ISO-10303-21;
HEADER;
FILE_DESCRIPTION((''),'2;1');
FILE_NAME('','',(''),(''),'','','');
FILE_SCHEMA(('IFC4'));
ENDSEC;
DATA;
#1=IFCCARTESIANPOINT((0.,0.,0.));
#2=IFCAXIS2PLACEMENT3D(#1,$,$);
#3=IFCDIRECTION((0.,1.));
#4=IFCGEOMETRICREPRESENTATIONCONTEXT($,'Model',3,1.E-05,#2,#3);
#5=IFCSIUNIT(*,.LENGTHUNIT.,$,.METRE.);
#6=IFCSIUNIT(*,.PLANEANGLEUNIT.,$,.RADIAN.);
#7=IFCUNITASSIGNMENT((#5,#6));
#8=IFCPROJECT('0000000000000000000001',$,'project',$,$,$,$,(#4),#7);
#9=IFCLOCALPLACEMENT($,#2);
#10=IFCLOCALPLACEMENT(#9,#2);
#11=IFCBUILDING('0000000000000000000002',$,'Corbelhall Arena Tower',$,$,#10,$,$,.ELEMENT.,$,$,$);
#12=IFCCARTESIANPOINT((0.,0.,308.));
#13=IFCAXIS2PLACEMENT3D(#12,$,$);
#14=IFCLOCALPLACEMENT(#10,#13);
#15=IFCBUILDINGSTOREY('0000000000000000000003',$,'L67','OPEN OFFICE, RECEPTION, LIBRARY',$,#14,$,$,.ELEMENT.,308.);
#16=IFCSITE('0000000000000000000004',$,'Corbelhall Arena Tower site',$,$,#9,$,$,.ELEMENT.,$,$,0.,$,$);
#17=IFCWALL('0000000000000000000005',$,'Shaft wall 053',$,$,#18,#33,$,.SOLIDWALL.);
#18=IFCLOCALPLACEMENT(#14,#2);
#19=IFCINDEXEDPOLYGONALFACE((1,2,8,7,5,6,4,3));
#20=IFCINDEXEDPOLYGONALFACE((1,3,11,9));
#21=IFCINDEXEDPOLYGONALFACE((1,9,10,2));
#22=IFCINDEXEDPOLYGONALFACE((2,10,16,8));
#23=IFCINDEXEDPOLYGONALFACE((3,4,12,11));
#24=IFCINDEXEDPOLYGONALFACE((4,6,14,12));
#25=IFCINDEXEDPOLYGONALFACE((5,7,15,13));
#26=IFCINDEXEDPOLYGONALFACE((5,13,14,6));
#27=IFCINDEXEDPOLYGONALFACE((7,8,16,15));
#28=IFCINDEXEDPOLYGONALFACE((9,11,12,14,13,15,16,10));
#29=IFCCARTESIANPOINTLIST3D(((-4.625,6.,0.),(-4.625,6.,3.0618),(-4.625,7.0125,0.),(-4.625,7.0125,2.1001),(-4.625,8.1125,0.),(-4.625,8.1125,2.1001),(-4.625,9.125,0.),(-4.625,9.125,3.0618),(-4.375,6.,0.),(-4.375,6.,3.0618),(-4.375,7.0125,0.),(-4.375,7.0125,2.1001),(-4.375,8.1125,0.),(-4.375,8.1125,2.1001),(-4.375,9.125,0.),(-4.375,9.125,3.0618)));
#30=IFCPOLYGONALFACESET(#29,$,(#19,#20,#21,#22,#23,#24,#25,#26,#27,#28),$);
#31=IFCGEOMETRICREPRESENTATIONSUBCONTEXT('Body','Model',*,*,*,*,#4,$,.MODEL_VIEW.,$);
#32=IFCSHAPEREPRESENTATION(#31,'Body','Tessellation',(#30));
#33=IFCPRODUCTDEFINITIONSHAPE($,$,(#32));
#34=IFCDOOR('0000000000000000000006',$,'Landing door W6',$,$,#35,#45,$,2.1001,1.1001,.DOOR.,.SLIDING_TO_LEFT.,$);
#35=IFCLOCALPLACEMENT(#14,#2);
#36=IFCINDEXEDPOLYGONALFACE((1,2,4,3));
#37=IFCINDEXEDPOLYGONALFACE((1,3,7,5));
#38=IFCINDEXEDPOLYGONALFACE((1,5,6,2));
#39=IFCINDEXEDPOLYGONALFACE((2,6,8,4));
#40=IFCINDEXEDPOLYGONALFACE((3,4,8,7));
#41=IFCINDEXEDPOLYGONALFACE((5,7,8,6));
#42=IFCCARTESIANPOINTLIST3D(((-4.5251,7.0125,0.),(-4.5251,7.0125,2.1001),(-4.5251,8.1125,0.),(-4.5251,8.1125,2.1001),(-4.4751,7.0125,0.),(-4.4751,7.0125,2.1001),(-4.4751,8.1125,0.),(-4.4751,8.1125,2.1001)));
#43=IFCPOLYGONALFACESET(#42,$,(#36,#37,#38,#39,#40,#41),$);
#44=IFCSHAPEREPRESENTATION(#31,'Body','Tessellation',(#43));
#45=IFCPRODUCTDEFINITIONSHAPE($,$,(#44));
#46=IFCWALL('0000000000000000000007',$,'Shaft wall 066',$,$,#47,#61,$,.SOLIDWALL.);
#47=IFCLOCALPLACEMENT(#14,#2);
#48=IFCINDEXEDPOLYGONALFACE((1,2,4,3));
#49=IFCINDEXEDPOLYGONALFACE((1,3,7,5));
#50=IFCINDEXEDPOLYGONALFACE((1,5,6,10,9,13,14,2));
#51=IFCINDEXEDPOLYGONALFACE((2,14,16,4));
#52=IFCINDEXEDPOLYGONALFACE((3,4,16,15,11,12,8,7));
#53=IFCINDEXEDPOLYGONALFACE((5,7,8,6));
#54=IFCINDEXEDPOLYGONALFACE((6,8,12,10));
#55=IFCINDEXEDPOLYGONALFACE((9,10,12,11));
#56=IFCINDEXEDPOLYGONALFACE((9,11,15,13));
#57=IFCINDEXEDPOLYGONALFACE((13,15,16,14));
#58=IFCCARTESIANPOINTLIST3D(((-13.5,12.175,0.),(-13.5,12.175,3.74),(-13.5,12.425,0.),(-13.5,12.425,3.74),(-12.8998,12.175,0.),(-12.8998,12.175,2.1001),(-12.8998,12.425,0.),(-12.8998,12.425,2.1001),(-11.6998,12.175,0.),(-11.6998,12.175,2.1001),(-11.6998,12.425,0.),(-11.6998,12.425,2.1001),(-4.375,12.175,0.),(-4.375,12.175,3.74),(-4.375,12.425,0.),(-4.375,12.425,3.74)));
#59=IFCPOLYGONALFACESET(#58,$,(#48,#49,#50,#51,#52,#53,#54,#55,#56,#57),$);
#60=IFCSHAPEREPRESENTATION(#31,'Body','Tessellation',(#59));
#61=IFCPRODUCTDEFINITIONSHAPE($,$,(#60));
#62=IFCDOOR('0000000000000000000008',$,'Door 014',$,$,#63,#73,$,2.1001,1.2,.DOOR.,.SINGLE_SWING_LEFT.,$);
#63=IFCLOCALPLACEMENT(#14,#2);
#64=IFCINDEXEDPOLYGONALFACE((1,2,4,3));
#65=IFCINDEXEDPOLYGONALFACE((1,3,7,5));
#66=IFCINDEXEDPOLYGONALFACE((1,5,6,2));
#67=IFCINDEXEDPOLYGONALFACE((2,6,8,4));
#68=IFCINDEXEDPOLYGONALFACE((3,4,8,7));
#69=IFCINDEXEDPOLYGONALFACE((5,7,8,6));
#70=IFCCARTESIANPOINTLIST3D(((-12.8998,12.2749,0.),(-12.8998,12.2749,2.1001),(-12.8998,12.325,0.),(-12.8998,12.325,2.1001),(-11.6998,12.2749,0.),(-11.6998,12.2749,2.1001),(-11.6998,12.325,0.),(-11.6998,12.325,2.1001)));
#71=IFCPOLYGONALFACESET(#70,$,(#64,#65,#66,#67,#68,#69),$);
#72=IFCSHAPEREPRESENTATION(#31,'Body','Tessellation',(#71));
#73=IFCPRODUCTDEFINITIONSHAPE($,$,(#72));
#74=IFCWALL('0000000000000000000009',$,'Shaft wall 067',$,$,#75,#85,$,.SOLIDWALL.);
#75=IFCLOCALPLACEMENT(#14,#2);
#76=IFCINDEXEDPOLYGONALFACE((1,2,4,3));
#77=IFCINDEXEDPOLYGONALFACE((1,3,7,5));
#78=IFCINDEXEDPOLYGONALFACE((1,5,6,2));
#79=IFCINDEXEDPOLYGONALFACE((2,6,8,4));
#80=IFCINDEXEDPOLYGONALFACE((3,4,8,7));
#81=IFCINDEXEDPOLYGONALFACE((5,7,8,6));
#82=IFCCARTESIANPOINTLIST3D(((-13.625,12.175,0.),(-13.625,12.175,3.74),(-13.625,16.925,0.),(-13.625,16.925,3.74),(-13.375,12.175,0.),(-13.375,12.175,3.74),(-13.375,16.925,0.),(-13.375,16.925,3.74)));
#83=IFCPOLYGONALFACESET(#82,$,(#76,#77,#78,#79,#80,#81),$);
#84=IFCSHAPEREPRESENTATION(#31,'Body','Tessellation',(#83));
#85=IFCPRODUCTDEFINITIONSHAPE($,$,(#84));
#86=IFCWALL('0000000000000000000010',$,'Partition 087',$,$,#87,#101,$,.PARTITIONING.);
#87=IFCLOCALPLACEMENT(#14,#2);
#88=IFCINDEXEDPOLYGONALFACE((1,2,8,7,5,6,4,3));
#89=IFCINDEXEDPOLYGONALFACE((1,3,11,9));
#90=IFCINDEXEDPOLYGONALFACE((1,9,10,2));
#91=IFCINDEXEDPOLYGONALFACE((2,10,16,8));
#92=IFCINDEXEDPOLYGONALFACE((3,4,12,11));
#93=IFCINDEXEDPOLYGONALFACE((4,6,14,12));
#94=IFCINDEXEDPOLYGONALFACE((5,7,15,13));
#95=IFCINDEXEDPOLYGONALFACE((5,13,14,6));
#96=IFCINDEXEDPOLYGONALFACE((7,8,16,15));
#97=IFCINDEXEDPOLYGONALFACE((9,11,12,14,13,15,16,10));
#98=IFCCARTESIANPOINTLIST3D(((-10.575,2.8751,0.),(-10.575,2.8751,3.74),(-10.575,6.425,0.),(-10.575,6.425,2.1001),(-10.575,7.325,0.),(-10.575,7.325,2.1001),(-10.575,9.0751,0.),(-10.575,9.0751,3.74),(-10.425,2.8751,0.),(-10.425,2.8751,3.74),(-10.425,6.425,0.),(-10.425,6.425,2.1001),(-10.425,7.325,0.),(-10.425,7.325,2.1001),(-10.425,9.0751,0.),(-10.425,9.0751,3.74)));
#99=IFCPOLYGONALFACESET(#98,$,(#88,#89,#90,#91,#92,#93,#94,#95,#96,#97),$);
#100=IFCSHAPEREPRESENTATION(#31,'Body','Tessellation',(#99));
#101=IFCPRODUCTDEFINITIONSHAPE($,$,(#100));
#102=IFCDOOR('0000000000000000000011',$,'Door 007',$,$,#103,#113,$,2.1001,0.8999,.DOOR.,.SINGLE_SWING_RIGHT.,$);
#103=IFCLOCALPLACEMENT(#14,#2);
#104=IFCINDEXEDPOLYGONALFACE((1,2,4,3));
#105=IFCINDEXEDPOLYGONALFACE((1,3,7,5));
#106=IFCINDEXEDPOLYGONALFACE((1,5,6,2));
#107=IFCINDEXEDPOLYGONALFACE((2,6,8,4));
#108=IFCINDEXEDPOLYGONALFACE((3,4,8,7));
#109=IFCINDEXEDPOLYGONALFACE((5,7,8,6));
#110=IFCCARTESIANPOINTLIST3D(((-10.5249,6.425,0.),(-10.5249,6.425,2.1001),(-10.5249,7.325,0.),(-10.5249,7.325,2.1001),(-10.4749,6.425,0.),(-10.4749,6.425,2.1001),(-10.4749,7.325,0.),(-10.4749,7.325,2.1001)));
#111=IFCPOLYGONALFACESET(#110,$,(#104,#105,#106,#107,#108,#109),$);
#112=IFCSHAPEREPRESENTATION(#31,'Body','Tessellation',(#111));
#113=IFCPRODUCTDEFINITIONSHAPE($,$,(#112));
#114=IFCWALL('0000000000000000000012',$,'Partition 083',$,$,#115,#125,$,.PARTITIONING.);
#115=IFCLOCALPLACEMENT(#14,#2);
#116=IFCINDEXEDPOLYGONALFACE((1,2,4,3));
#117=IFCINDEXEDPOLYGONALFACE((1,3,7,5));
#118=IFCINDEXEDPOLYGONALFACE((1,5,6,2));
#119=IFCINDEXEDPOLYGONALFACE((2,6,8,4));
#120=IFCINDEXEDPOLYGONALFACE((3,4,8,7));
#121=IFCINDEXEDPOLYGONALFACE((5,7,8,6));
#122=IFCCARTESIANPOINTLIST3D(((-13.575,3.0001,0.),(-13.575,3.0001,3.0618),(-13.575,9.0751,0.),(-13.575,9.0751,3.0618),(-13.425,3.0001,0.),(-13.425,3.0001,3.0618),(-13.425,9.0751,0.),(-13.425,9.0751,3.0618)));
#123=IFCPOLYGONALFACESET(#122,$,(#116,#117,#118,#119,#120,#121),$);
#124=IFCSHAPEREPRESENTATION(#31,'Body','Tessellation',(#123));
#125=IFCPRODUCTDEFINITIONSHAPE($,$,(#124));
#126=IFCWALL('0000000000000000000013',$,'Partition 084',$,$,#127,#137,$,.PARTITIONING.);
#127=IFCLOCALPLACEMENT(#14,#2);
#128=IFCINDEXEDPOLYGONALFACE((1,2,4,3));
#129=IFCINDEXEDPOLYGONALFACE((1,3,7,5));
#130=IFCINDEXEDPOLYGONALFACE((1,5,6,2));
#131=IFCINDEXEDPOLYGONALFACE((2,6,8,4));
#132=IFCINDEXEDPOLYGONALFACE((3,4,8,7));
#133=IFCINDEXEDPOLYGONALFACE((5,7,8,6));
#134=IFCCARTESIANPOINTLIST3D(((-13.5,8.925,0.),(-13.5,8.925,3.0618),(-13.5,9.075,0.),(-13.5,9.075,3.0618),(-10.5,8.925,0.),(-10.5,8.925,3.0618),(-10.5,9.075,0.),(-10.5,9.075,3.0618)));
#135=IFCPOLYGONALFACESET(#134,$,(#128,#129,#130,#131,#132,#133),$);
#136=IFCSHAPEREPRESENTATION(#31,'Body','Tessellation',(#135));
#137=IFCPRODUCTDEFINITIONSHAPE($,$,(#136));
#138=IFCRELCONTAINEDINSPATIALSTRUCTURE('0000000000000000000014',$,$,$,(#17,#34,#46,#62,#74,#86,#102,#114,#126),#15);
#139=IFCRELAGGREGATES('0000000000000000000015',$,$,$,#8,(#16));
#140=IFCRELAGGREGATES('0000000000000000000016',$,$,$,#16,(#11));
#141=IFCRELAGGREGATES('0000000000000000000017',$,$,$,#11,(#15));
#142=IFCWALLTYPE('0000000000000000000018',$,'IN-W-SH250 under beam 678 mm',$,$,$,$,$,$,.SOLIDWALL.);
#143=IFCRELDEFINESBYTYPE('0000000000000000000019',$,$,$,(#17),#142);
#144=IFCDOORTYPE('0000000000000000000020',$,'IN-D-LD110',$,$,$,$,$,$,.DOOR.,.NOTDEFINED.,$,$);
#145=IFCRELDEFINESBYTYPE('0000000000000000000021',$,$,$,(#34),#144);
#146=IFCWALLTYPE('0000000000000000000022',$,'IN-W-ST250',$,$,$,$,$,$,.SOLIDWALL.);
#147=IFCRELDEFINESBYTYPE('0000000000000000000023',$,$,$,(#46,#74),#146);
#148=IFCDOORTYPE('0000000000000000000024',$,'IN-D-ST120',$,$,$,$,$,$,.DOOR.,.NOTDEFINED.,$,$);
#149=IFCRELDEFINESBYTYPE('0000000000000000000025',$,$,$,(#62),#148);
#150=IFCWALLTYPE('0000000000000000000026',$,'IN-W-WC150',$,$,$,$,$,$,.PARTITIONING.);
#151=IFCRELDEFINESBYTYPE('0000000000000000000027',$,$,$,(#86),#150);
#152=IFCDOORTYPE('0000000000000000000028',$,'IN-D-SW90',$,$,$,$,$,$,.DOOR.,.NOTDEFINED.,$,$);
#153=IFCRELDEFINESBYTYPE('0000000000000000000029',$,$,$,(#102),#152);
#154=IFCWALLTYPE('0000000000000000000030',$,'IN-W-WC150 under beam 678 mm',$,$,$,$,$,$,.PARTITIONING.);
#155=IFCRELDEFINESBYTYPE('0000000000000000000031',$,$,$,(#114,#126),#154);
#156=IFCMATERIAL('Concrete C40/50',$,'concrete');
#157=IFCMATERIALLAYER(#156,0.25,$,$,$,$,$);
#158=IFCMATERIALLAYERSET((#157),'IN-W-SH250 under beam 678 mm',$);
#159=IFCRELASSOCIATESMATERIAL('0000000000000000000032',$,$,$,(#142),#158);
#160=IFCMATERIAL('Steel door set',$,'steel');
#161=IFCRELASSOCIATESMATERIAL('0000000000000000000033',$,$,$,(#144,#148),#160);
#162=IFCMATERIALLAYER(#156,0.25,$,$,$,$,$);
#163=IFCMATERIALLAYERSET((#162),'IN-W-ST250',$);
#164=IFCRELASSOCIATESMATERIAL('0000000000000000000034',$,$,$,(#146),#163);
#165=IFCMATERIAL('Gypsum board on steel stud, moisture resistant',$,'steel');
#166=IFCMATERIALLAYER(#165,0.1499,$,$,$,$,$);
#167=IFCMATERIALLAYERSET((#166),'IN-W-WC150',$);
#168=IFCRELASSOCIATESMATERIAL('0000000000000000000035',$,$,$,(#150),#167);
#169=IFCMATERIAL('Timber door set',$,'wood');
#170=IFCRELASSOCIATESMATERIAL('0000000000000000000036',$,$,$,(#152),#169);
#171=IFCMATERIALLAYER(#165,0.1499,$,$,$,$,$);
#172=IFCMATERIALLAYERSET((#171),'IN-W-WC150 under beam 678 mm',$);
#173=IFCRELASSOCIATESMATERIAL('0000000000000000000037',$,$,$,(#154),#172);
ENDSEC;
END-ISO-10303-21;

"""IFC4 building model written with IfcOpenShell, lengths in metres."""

from ifc_helpers import new_model, si_unit, direction, frame, frame_2d, origin, place, context, subcontext, project, spatial, rectangle, extrude, material, layer, layer_set, type_object, element, fill, save


model = new_model("IFC4")

# Units and contexts
model_context = context("Model", 3, precision=1e-05, world=origin(), true_north=direction((0.0, 1.0)))
body_context = subcontext(model_context, "Body", "Model", "MODEL_VIEW")
ifc_project = project(units=[si_unit("LENGTHUNIT", "METRE"), si_unit("PLANEANGLEUNIT", "RADIAN")], contexts=[model_context])

# Site, building, storey
site_placement = place(None, origin())
site = spatial("IfcSite", under=ifc_project, at=site_placement, Name="Corbelhall Arena Tower site", CompositionType="ELEMENT", RefElevation=0.0)
building_placement = place(site_placement, origin())
building = spatial("IfcBuilding", under=site, at=building_placement, Name="Corbelhall Arena Tower", CompositionType="ELEMENT")
storey_placement = place(building_placement, frame((0.0, 0.0, 308.0)))
storey = spatial("IfcBuildingStorey", under=building, at=storey_placement, Name="L67", Description="OPEN OFFICE, RECEPTION, LIBRARY", CompositionType="ELEMENT", Elevation=308.0)

# Shared definitions
ifc_material_1 = material(Name="Steel door set", Category="steel")

# Shared definitions
ifc_material_2 = material(Name="Concrete C40/50", Category="concrete")

# Shared definitions
ifc_layer_1 = layer(ifc_material_2, 0.25)
ifc_layer_set_1 = layer_set([ifc_layer_1], Name="IN-W-SH250 under beam 678 mm")
wall_type_1 = type_object("IfcWallType", Name="IN-W-SH250 under beam 678 mm", PredefinedType="SOLIDWALL", material=ifc_layer_set_1)

# Walls, openings, doors
wall_1_placement = place(storey_placement, frame((-4.5, 9.125, 0.0), z_axis=(0.0, 0.0, 1.0), x_axis=(0.0, -1.0, 0.0)))
wall_1 = element("IfcWall", 1, at=wall_1_placement, inside=storey, type_object=wall_type_1, Name="Shaft wall 053", PredefinedType="SOLIDWALL", context=body_context, shape_type="SweptSolid", body=[
    extrude(rectangle(XDim=3.125, YDim=0.25, at=frame_2d((1.5625, 0.0))), origin(), (0.0, 0.0, 1.0), 3.0618),
])
opening_1_placement = place(wall_1_placement, frame((1.0125, 0.0, 0.0)))
opening_1 = element("IfcOpeningElement", 2, at=opening_1_placement, cuts=wall_1, PredefinedType="OPENING", context=body_context, shape_type="SweptSolid", body=[
    extrude(rectangle(XDim=1.1001, YDim=2.1001, at=frame_2d((0.55, 1.05))), frame((0.0, 0.125, 0.0), z_axis=(0.0, -1.0, 0.0), x_axis=(1.0, 0.0, 0.0)), (0.0, 0.0, 1.0), 0.25),
])
door_type_1 = type_object("IfcDoorType", Name="IN-D-LD110", OperationType="NOTDEFINED", PredefinedType="DOOR", material=ifc_material_1)
door_1_placement = place(opening_1_placement, origin())
door_1 = element("IfcDoor", 3, at=door_1_placement, inside=storey, type_object=door_type_1, Name="Landing door W6", OperationType="SLIDING_TO_LEFT", OverallHeight=2.1001, OverallWidth=1.1001, PredefinedType="DOOR", context=body_context, shape_type="SweptSolid", body=[
    extrude(rectangle(XDim=1.1001, YDim=2.1001, at=frame_2d((0.55, 1.05))), frame((0.0, 0.0249, 0.0), z_axis=(0.0, -1.0, 0.0), x_axis=(1.0, 0.0, 0.0)), (0.0, 0.0, 1.0), 0.05),
])
fill(opening_1, door_1)
ifc_layer_2 = layer(ifc_material_2, 0.25)
ifc_layer_set_2 = layer_set([ifc_layer_2], Name="IN-W-ST250")
wall_type_2 = type_object("IfcWallType", Name="IN-W-ST250", PredefinedType="SOLIDWALL", material=ifc_layer_set_2)
wall_2_placement = place(storey_placement, frame((-13.5, 12.3, 0.0), z_axis=(0.0, 0.0, 1.0), x_axis=(1.0, 0.0, 0.0)))
wall_2 = element("IfcWall", 4, at=wall_2_placement, inside=storey, type_object=wall_type_2, Name="Shaft wall 066", PredefinedType="SOLIDWALL", context=body_context, shape_type="SweptSolid", body=[
    extrude(rectangle(XDim=9.125, YDim=0.25, at=frame_2d((4.5625, 0.0))), origin(), (0.0, 0.0, 1.0), 3.74),
])
opening_2_placement = place(wall_2_placement, frame((0.6001, 0.0, 0.0)))
opening_2 = element("IfcOpeningElement", 5, at=opening_2_placement, cuts=wall_2, PredefinedType="OPENING", context=body_context, shape_type="SweptSolid", body=[
    extrude(rectangle(XDim=1.2, YDim=2.1001, at=frame_2d((0.6001, 1.05))), frame((0.0, 0.125, 0.0), z_axis=(0.0, -1.0, 0.0), x_axis=(1.0, 0.0, 0.0)), (0.0, 0.0, 1.0), 0.25),
])
door_type_2 = type_object("IfcDoorType", Name="IN-D-ST120", OperationType="NOTDEFINED", PredefinedType="DOOR", material=ifc_material_1)
door_2_placement = place(opening_2_placement, origin())
door_2 = element("IfcDoor", 6, at=door_2_placement, inside=storey, type_object=door_type_2, Name="Door 014", OperationType="SINGLE_SWING_LEFT", OverallHeight=2.1001, OverallWidth=1.2, PredefinedType="DOOR", context=body_context, shape_type="SweptSolid", body=[
    extrude(rectangle(XDim=1.2, YDim=2.1001, at=frame_2d((0.6001, 1.05))), frame((0.0, 0.0249, 0.0), z_axis=(0.0, -1.0, 0.0), x_axis=(1.0, 0.0, 0.0)), (0.0, 0.0, 1.0), 0.05),
])
fill(opening_2, door_2)

# Wall
wall_3_placement = place(storey_placement, frame((-13.5, 12.175, 0.0), z_axis=(0.0, 0.0, 1.0), x_axis=(0.0, 1.0, 0.0)))
element("IfcWall", 7, at=wall_3_placement, inside=storey, type_object=wall_type_2, Name="Shaft wall 067", PredefinedType="SOLIDWALL", context=body_context, shape_type="SweptSolid", body=[
    extrude(rectangle(XDim=4.75, YDim=0.25, at=frame_2d((2.375, 0.0))), origin(), (0.0, 0.0, 1.0), 3.74),
])

# Wall, opening, door
ifc_material_3 = material(Name="Gypsum board on steel stud, moisture resistant", Category="steel")
ifc_layer_3 = layer(ifc_material_3, 0.1499)
ifc_layer_set_3 = layer_set([ifc_layer_3], Name="IN-W-WC150")
wall_type_3 = type_object("IfcWallType", Name="IN-W-WC150", PredefinedType="PARTITIONING", material=ifc_layer_set_3)
wall_4_placement = place(storey_placement, frame((-10.5, 2.875, 0.0), z_axis=(0.0, 0.0, 1.0), x_axis=(0.0, 1.0, 0.0)))
wall_4 = element("IfcWall", 8, at=wall_4_placement, inside=storey, type_object=wall_type_3, Name="Partition 087", PredefinedType="PARTITIONING", context=body_context, shape_type="SweptSolid", body=[
    extrude(rectangle(XDim=6.2, YDim=0.1499, at=frame_2d((3.1001, 0.0))), origin(), (0.0, 0.0, 1.0), 3.74),
])
opening_3_placement = place(wall_4_placement, frame((3.55, 0.0, 0.0)))
opening_3 = element("IfcOpeningElement", 9, at=opening_3_placement, cuts=wall_4, PredefinedType="OPENING", context=body_context, shape_type="SweptSolid", body=[
    extrude(rectangle(XDim=0.8999, YDim=2.1001, at=frame_2d((0.45, 1.05))), frame((0.0, 0.075, 0.0), z_axis=(0.0, -1.0, 0.0), x_axis=(1.0, 0.0, 0.0)), (0.0, 0.0, 1.0), 0.1499),
])
ifc_material_4 = material(Name="Timber door set", Category="wood")
door_type_3 = type_object("IfcDoorType", Name="IN-D-SW90", OperationType="NOTDEFINED", PredefinedType="DOOR", material=ifc_material_4)
door_3_placement = place(opening_3_placement, origin())
door_3 = element("IfcDoor", 10, at=door_3_placement, inside=storey, type_object=door_type_3, Name="Door 007", OperationType="SINGLE_SWING_RIGHT", OverallHeight=2.1001, OverallWidth=0.8999, PredefinedType="DOOR", context=body_context, shape_type="SweptSolid", body=[
    extrude(rectangle(XDim=0.8999, YDim=2.1001, at=frame_2d((0.45, 1.05))), frame((0.0, 0.0249, 0.0), z_axis=(0.0, -1.0, 0.0), x_axis=(1.0, 0.0, 0.0)), (0.0, 0.0, 1.0), 0.05),
])
fill(opening_3, door_3)

# Walls
ifc_layer_4 = layer(ifc_material_3, 0.1499)
ifc_layer_set_4 = layer_set([ifc_layer_4], Name="IN-W-WC150 under beam 678 mm")
wall_type_4 = type_object("IfcWallType", Name="IN-W-WC150 under beam 678 mm", PredefinedType="PARTITIONING", material=ifc_layer_set_4)
wall_5_placement = place(storey_placement, frame((-13.5, 3.0, 0.0), z_axis=(0.0, 0.0, 1.0), x_axis=(0.0, 1.0, 0.0)))
element("IfcWall", 11, at=wall_5_placement, inside=storey, type_object=wall_type_4, Name="Partition 083", PredefinedType="PARTITIONING", context=body_context, shape_type="SweptSolid", body=[
    extrude(rectangle(XDim=6.075, YDim=0.1499, at=frame_2d((3.0376, 0.0))), origin(), (0.0, 0.0, 1.0), 3.0618),
])
wall_6_placement = place(storey_placement, frame((-13.5, 9.0, 0.0), z_axis=(0.0, 0.0, 1.0), x_axis=(1.0, 0.0, 0.0)))
element("IfcWall", 12, at=wall_6_placement, inside=storey, type_object=wall_type_4, Name="Partition 084", PredefinedType="PARTITIONING", context=body_context, shape_type="SweptSolid", body=[
    extrude(rectangle(XDim=3.0, YDim=0.1499, at=frame_2d((1.5, 0.0))), origin(), (0.0, 0.0, 1.0), 3.0618),
])

save(model, "model.ifc")
